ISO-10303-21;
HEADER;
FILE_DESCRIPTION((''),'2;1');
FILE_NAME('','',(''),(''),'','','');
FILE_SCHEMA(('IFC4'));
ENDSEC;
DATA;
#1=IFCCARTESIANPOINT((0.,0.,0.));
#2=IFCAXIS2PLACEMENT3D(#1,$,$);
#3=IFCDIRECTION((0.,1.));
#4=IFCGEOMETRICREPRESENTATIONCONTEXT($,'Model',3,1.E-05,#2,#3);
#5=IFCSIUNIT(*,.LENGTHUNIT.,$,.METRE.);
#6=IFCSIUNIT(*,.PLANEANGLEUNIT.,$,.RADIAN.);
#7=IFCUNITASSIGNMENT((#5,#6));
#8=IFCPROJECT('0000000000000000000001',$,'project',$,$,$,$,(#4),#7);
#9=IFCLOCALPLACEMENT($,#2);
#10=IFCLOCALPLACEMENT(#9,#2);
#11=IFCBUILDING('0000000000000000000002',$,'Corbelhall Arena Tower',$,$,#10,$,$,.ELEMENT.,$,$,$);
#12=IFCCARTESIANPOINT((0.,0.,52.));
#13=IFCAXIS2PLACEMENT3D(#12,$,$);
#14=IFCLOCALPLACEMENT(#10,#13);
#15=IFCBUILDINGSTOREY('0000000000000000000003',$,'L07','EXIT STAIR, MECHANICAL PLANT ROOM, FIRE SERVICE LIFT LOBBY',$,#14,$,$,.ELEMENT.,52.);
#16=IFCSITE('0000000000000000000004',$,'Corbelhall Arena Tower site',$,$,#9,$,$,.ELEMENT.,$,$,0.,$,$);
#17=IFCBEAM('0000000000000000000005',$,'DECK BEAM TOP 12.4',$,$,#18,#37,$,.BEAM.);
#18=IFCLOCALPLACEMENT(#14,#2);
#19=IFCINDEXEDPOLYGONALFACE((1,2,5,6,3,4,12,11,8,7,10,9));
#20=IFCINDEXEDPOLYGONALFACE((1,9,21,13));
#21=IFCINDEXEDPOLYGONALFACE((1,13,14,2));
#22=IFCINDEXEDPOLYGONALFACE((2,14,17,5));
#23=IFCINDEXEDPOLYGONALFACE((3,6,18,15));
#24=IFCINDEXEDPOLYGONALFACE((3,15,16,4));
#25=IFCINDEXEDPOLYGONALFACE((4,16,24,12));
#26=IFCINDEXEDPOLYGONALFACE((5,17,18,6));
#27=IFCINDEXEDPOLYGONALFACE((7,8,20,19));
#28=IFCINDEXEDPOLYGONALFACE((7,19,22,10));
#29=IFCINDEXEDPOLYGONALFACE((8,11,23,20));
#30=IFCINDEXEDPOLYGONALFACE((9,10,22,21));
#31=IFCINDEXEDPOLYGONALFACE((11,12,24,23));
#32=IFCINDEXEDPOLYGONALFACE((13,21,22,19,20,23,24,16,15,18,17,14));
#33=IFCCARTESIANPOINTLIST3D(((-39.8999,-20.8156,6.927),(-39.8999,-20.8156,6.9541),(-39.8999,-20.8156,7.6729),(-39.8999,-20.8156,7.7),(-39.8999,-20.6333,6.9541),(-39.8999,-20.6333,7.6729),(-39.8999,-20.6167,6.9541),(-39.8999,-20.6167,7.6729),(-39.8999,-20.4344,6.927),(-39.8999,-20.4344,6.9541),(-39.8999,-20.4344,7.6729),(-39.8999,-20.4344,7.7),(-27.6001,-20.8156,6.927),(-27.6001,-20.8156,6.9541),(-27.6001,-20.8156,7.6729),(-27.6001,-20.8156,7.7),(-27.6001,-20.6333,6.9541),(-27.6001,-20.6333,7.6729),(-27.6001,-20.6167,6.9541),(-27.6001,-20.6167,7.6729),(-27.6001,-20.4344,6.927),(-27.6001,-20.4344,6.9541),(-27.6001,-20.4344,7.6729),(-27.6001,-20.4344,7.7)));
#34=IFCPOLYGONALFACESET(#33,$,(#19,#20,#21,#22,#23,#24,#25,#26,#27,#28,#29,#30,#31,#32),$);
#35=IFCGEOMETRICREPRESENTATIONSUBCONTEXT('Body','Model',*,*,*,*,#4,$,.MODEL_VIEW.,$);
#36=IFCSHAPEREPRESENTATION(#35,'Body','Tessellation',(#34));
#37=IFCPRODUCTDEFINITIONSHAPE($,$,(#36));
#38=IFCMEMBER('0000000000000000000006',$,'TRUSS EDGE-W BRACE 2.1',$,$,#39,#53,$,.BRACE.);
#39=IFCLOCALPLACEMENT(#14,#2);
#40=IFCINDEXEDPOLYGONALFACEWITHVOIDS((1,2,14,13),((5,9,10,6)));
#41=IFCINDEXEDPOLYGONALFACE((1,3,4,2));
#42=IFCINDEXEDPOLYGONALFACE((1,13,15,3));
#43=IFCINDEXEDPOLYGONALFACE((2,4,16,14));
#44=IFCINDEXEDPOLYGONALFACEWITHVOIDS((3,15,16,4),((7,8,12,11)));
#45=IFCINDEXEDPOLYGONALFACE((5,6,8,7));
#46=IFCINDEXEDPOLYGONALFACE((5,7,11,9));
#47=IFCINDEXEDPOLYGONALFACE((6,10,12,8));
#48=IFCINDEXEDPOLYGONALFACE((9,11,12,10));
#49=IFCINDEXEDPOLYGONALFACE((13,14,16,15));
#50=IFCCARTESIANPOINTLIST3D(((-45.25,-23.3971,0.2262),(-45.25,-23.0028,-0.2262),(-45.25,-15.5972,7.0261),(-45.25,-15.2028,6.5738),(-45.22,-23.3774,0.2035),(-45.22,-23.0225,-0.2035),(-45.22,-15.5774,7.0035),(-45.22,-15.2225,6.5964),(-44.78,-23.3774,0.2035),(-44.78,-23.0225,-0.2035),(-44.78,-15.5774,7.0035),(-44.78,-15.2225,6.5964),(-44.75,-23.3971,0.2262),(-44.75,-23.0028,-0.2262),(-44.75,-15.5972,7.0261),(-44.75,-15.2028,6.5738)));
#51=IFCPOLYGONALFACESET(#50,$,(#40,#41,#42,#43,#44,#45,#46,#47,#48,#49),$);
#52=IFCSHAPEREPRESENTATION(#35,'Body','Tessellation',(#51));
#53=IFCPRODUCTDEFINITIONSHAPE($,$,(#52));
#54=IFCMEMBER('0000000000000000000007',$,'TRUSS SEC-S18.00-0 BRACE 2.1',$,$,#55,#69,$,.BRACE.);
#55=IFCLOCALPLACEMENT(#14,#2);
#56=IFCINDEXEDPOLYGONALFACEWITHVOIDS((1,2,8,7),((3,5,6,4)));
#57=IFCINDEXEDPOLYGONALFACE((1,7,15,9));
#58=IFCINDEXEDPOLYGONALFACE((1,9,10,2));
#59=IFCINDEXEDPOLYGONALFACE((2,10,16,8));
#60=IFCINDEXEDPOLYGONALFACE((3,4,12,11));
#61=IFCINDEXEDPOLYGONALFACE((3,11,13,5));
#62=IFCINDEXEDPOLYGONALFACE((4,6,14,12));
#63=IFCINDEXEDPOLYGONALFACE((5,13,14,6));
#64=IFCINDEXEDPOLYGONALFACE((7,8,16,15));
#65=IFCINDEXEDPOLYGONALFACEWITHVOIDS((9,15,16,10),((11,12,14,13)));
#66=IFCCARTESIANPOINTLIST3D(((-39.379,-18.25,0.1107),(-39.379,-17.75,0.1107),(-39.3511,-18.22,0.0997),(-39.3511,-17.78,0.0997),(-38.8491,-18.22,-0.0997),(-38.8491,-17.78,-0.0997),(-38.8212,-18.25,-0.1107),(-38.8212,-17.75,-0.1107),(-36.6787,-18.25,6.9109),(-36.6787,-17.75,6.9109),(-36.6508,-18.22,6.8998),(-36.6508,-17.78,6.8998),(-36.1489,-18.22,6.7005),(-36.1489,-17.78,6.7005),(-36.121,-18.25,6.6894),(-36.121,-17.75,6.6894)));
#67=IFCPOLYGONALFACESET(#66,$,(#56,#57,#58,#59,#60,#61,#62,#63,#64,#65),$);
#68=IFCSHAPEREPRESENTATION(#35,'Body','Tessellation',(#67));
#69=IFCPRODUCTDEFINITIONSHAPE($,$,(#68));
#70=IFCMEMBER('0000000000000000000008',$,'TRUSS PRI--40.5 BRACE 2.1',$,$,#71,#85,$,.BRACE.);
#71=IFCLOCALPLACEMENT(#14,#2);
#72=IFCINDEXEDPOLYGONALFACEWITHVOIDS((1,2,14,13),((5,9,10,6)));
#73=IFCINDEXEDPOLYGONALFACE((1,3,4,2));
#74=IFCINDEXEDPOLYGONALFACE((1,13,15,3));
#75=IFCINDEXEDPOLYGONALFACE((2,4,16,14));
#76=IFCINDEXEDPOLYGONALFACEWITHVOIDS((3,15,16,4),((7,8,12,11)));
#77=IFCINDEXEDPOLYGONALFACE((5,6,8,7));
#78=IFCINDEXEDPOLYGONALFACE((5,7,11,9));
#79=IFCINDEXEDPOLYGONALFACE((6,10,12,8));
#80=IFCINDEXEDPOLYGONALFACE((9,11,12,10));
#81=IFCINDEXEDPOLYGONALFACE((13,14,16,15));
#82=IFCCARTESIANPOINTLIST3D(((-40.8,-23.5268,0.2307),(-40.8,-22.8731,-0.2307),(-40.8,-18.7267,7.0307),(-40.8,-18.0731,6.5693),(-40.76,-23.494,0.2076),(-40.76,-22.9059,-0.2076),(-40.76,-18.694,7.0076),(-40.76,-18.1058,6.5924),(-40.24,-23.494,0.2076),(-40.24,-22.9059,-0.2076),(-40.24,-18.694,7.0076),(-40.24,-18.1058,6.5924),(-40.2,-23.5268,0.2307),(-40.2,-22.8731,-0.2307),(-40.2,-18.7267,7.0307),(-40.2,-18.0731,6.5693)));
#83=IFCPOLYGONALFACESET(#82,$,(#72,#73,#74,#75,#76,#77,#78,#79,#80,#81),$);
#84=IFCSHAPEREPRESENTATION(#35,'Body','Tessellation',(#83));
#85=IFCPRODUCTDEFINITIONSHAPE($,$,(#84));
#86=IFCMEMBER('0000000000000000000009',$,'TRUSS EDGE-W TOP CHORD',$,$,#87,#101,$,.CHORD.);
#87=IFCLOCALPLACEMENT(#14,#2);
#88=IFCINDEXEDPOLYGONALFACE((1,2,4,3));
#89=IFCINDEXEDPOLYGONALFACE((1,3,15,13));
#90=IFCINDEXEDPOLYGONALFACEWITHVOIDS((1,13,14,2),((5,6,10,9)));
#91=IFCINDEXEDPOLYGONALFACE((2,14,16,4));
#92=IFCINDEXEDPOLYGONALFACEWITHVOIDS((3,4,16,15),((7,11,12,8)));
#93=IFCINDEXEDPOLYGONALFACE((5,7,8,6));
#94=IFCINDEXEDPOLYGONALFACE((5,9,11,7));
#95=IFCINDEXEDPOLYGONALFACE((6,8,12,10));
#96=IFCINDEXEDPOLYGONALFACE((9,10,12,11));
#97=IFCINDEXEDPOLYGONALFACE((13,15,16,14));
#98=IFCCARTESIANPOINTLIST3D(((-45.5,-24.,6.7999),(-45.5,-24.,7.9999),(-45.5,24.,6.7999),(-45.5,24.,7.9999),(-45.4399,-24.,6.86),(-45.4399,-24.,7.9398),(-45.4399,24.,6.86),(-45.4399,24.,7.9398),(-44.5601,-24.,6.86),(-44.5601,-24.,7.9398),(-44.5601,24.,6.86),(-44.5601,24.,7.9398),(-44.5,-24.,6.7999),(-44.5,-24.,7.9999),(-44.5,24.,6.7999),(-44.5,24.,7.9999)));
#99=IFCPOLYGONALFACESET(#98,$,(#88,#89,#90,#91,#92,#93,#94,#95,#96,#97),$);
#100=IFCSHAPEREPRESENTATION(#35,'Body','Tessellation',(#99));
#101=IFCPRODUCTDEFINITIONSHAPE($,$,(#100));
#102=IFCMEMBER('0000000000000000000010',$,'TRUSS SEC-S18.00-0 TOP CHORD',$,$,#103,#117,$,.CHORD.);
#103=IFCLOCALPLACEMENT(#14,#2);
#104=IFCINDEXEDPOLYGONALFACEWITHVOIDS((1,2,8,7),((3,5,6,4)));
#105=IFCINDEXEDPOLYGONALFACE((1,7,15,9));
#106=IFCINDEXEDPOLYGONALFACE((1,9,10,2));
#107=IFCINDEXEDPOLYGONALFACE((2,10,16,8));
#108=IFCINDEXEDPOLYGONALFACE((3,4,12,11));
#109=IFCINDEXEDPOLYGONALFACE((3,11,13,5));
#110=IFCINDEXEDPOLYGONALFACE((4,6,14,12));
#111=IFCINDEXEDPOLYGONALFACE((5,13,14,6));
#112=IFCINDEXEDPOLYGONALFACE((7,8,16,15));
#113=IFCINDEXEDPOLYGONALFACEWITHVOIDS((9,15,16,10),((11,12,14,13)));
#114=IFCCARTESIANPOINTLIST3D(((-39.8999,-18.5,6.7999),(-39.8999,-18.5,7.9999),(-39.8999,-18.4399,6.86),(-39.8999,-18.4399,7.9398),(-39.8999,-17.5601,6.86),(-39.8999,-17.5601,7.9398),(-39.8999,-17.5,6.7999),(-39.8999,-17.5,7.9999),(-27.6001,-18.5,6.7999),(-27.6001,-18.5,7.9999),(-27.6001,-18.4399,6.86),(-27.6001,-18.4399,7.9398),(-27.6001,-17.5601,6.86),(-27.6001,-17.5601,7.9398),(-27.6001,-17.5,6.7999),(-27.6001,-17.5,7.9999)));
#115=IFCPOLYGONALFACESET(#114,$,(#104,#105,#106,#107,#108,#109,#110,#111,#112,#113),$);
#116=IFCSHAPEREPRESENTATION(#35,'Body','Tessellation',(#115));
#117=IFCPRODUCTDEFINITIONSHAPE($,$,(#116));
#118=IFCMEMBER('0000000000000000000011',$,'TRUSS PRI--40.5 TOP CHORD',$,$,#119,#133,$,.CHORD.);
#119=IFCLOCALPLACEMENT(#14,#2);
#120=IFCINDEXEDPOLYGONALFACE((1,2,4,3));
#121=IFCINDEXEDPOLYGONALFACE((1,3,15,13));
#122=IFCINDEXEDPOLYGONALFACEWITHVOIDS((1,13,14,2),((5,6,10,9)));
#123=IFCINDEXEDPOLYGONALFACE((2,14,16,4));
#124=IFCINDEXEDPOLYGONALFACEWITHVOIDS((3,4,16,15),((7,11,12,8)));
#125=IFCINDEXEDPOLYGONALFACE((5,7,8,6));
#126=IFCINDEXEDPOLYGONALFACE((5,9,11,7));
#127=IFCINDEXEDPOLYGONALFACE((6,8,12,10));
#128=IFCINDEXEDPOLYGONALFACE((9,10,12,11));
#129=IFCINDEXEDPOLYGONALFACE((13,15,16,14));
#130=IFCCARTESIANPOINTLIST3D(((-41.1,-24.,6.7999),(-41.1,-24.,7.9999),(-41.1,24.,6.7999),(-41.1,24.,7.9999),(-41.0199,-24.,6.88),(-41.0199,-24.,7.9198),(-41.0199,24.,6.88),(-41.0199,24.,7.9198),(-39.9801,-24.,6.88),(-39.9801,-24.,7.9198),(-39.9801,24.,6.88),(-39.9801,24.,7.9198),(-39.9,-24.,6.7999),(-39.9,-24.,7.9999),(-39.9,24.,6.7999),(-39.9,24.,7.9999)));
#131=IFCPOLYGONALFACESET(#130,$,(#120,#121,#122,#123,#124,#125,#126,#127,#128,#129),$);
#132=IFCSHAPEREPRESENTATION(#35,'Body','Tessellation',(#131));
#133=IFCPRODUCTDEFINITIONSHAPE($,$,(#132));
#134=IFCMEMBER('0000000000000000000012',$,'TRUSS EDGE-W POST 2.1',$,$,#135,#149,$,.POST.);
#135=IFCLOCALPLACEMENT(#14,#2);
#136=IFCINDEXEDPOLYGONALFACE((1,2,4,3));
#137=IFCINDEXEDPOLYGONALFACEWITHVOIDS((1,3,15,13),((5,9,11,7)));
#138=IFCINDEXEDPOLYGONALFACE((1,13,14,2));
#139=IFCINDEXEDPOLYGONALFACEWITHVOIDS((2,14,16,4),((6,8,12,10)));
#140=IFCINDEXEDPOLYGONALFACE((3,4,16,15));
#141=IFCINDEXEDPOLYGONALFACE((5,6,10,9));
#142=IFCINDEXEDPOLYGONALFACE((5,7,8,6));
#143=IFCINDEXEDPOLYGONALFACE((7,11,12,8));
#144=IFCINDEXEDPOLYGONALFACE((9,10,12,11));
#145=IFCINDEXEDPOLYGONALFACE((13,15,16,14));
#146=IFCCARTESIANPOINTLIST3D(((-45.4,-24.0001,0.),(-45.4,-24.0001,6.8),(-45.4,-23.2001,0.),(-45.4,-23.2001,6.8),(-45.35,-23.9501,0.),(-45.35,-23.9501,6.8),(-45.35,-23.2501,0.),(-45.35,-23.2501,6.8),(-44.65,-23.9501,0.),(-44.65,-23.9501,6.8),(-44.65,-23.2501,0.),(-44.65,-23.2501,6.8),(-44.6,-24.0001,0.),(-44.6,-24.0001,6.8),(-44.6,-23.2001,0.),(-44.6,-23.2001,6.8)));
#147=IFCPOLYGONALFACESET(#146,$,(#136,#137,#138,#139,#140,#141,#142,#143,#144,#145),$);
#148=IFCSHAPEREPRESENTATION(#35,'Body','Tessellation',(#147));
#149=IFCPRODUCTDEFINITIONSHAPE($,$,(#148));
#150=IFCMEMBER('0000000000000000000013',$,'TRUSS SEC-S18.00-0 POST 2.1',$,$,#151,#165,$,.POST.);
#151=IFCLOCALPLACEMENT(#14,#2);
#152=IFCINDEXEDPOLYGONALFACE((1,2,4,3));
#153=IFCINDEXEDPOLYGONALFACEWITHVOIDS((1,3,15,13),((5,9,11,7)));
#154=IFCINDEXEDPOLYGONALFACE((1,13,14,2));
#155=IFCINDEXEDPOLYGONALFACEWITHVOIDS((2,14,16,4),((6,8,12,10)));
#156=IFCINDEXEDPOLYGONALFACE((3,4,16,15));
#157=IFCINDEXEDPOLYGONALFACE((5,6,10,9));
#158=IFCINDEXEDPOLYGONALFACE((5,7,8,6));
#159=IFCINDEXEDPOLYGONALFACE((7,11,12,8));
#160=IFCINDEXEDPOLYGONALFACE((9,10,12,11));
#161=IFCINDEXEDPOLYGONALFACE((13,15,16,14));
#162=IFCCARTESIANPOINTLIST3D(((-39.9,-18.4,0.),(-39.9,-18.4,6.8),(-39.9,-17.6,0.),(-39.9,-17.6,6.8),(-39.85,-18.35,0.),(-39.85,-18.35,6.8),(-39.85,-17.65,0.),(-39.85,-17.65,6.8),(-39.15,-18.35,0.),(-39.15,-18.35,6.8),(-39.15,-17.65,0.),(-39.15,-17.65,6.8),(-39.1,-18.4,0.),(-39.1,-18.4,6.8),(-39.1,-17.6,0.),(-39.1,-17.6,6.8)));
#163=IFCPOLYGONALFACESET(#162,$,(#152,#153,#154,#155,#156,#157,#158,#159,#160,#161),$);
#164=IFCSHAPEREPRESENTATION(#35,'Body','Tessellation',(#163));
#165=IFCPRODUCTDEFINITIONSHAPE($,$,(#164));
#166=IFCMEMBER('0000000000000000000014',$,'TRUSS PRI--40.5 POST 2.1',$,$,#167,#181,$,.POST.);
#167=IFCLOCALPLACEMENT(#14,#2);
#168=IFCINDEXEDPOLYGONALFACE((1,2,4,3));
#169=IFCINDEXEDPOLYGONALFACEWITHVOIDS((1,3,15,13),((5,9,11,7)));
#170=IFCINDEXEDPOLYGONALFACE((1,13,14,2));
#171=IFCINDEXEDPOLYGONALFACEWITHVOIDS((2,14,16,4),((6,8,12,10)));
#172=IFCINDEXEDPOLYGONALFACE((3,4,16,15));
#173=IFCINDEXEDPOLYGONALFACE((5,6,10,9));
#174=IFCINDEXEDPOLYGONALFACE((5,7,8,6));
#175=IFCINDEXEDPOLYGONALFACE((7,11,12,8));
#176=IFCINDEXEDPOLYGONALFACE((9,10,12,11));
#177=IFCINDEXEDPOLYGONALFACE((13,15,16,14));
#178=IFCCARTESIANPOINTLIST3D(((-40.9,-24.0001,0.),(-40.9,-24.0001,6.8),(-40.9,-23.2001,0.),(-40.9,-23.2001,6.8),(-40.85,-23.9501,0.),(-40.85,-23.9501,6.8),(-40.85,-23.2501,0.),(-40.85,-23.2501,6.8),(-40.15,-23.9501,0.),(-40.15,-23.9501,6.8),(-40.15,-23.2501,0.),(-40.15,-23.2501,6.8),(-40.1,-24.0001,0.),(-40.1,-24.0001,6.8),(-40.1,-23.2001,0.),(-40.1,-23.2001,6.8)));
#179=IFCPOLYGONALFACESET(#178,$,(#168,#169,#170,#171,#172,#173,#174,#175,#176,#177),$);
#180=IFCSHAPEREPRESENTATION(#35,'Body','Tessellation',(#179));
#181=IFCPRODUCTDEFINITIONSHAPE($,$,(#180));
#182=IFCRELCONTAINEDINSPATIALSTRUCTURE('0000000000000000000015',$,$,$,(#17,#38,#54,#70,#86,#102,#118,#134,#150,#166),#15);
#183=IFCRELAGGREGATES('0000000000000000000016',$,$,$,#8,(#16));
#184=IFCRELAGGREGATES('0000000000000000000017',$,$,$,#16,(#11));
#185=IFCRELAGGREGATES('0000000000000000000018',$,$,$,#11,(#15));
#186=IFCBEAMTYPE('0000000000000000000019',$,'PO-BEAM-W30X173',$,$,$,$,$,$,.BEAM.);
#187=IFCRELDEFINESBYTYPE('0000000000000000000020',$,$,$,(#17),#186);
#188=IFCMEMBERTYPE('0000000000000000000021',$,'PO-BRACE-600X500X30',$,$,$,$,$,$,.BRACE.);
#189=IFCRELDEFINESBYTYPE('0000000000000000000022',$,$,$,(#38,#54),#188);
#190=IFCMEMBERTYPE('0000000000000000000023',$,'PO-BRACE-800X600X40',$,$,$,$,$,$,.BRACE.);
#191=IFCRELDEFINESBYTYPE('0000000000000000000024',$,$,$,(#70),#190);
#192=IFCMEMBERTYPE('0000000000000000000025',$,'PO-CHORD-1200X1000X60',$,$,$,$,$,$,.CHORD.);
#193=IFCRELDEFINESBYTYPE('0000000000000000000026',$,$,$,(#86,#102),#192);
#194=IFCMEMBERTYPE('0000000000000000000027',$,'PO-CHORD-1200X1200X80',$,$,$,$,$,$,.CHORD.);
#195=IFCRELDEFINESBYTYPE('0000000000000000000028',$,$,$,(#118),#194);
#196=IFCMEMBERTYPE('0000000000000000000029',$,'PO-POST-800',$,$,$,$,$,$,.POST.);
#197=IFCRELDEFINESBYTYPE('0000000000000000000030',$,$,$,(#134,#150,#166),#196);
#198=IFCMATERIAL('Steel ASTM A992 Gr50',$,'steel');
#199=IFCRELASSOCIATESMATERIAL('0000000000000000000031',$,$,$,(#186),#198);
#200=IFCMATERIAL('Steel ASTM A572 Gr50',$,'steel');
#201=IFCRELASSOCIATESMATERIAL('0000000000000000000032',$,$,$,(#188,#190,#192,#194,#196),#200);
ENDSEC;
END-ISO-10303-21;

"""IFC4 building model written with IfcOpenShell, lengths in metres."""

from ifc_helpers import new_model, si_unit, direction, frame, origin, origin_2d, place, context, subcontext, project, spatial, hollow_rectangle, i_section, extrude, material, material_profile, profile_set, type_object, element, save


model = new_model("IFC4")

# Units and contexts
model_context = context("Model", 3, precision=1e-05, world=origin(), true_north=direction((0.0, 1.0)))
body_context = subcontext(model_context, "Body", "Model", "MODEL_VIEW")
ifc_project = project(units=[si_unit("LENGTHUNIT", "METRE"), si_unit("PLANEANGLEUNIT", "RADIAN")], contexts=[model_context])

# Site, building, storey
site_placement = place(None, origin())
site = spatial("IfcSite", under=ifc_project, at=site_placement, Name="Corbelhall Arena Tower site", CompositionType="ELEMENT", RefElevation=0.0)
building_placement = place(site_placement, origin())
building = spatial("IfcBuilding", under=site, at=building_placement, Name="Corbelhall Arena Tower", CompositionType="ELEMENT")
storey_placement = place(building_placement, frame((0.0, 0.0, 52.0)))
storey = spatial("IfcBuildingStorey", under=building, at=storey_placement, Name="L07", Description="EXIT STAIR, MECHANICAL PLANT ROOM, FIRE SERVICE LIFT LOBBY", CompositionType="ELEMENT", Elevation=52.0)

# Beam
ifc_material_1 = material(Name="Steel ASTM A992 Gr50", Category="steel")
ifc_material_profile_1 = material_profile(ifc_material_1, i_section(OverallWidth=0.3811, OverallDepth=0.7729, WebThickness=0.0166, FlangeThickness=0.0271, at=origin_2d()))
ifc_profile_set_1 = profile_set([ifc_material_profile_1], Name="Steel ASTM A992 Gr50")
beam_type = type_object("IfcBeamType", Name="PO-BEAM-W30X173", PredefinedType="BEAM", material=ifc_profile_set_1)
beam_placement = place(storey_placement, frame((-39.8999, -20.625, 7.3135), z_axis=(1.0, 0.0, 0.0), x_axis=(0.0, 1.0, 0.0)))
element("IfcBeam", 1, at=beam_placement, inside=storey, type_object=beam_type, Name="DECK BEAM TOP 12.4", PredefinedType="BEAM", context=body_context, shape_type="SweptSolid", body=[
    extrude(i_section(OverallWidth=0.3811, OverallDepth=0.7729, WebThickness=0.0166, FlangeThickness=0.0271, at=origin_2d()), origin(), (0.0, 0.0, 1.0), 12.2998),
])

# Members
ifc_material_2 = material(Name="Steel ASTM A572 Gr50", Category="steel")
ifc_material_profile_2 = material_profile(ifc_material_2, hollow_rectangle(XDim=0.5, YDim=0.6001, WallThickness=0.03, at=origin_2d()))
ifc_profile_set_2 = profile_set([ifc_material_profile_2], Name="Steel ASTM A572 Gr50")
member_type_1 = type_object("IfcMemberType", Name="PO-BRACE-600X500X30", PredefinedType="BRACE", material=ifc_profile_set_2)
member_1_placement = place(storey_placement, frame((-45.0, -23.2, 0.0), z_axis=(0.0, 0.753772, 0.657136), x_axis=(-1.0, 0.0, 0.0)))
element("IfcMember", 2, at=member_1_placement, inside=storey, type_object=member_type_1, Name="TRUSS EDGE-W BRACE 2.1", PredefinedType="BRACE", context=body_context, shape_type="SweptSolid", body=[
    extrude(hollow_rectangle(XDim=0.5, YDim=0.6001, WallThickness=0.03, at=origin_2d()), origin(), (0.0, 0.0, 1.0), 10.3479),
])
member_2_placement = place(storey_placement, frame((-39.1001, -18.0, 0.0), z_axis=(0.369054, 0.0, 0.929408), x_axis=(0.0, 1.0, 0.0)))
element("IfcMember", 3, at=member_2_placement, inside=storey, type_object=member_type_1, Name="TRUSS SEC-S18.00-0 BRACE 2.1", PredefinedType="BRACE", context=body_context, shape_type="SweptSolid", body=[
    extrude(hollow_rectangle(XDim=0.5, YDim=0.6001, WallThickness=0.03, at=origin_2d()), origin(), (0.0, 0.0, 1.0), 7.3167),
])
ifc_material_profile_3 = material_profile(ifc_material_2, hollow_rectangle(XDim=0.6001, YDim=0.8, WallThickness=0.04, at=origin_2d()))
ifc_profile_set_3 = profile_set([ifc_material_profile_3], Name="Steel ASTM A572 Gr50")
member_type_2 = type_object("IfcMemberType", Name="PO-BRACE-800X600X40", PredefinedType="BRACE", material=ifc_profile_set_3)
member_3_placement = place(storey_placement, frame((-40.5, -23.2, 0.0), z_axis=(0.0, 0.576684, 0.816967), x_axis=(-1.0, 0.0, 0.0)))
element("IfcMember", 4, at=member_3_placement, inside=storey, type_object=member_type_2, Name="TRUSS PRI--40.5 BRACE 2.1", PredefinedType="BRACE", context=body_context, shape_type="SweptSolid", body=[
    extrude(hollow_rectangle(XDim=0.6001, YDim=0.8, WallThickness=0.04, at=origin_2d()), origin(), (0.0, 0.0, 1.0), 8.3235),
])
ifc_material_profile_4 = material_profile(ifc_material_2, hollow_rectangle(XDim=1.0, YDim=1.2, WallThickness=0.0601, at=origin_2d()))
ifc_profile_set_4 = profile_set([ifc_material_profile_4], Name="Steel ASTM A572 Gr50")
member_type_3 = type_object("IfcMemberType", Name="PO-CHORD-1200X1000X60", PredefinedType="CHORD", material=ifc_profile_set_4)
member_4_placement = place(storey_placement, frame((-45.0, -24.0, 7.3999), z_axis=(0.0, 1.0, 0.0), x_axis=(-1.0, 0.0, 0.0)))
element("IfcMember", 5, at=member_4_placement, inside=storey, type_object=member_type_3, Name="TRUSS EDGE-W TOP CHORD", PredefinedType="CHORD", context=body_context, shape_type="SweptSolid", body=[
    extrude(hollow_rectangle(XDim=1.0, YDim=1.2, WallThickness=0.0601, at=origin_2d()), origin(), (0.0, 0.0, 1.0), 48.0),
])
member_5_placement = place(storey_placement, frame((-39.8999, -18.0, 7.3999), z_axis=(1.0, 0.0, 0.0), x_axis=(0.0, 1.0, 0.0)))
element("IfcMember", 6, at=member_5_placement, inside=storey, type_object=member_type_3, Name="TRUSS SEC-S18.00-0 TOP CHORD", PredefinedType="CHORD", context=body_context, shape_type="SweptSolid", body=[
    extrude(hollow_rectangle(XDim=1.0, YDim=1.2, WallThickness=0.0601, at=origin_2d()), origin(), (0.0, 0.0, 1.0), 12.2998),
])
ifc_material_profile_5 = material_profile(ifc_material_2, hollow_rectangle(XDim=1.2, YDim=1.2, WallThickness=0.0801, at=origin_2d()))
ifc_profile_set_5 = profile_set([ifc_material_profile_5], Name="Steel ASTM A572 Gr50")
member_type_4 = type_object("IfcMemberType", Name="PO-CHORD-1200X1200X80", PredefinedType="CHORD", material=ifc_profile_set_5)
member_6_placement = place(storey_placement, frame((-40.5, -24.0, 7.3999), z_axis=(0.0, 1.0, 0.0), x_axis=(-1.0, 0.0, 0.0)))
element("IfcMember", 7, at=member_6_placement, inside=storey, type_object=member_type_4, Name="TRUSS PRI--40.5 TOP CHORD", PredefinedType="CHORD", context=body_context, shape_type="SweptSolid", body=[
    extrude(hollow_rectangle(XDim=1.2, YDim=1.2, WallThickness=0.0801, at=origin_2d()), origin(), (0.0, 0.0, 1.0), 48.0),
])
ifc_material_profile_6 = material_profile(ifc_material_2, hollow_rectangle(XDim=0.8, YDim=0.8, WallThickness=0.05, at=origin_2d()))
ifc_profile_set_6 = profile_set([ifc_material_profile_6], Name="Steel ASTM A572 Gr50")
member_type_5 = type_object("IfcMemberType", Name="PO-POST-800", PredefinedType="POST", material=ifc_profile_set_6)
for number, where, z_axis, x_axis, name in (
    (8, (-45.0, -23.6001, 0.0), (0.0, 0.0, 1.0), (1.0, 0.0, 0.0), "TRUSS EDGE-W POST 2.1"),
    (9, (-39.5, -18.0, 0.0), (0.0, 0.0, 1.0), (1.0, 0.0, 0.0), "TRUSS SEC-S18.00-0 POST 2.1"),
    (10, (-40.5, -23.6001, 0.0), (0.0, 0.0, 1.0), (1.0, 0.0, 0.0), "TRUSS PRI--40.5 POST 2.1"),
):
    element("IfcMember", number, at=place(storey_placement, frame(where, z_axis=z_axis, x_axis=x_axis)), inside=storey, type_object=member_type_5, Name=name, PredefinedType="POST", context=body_context, shape_type="SweptSolid", body=[
        extrude(hollow_rectangle(XDim=0.8, YDim=0.8, WallThickness=0.05, at=origin_2d()), origin(), (0.0, 0.0, 1.0), 6.8),
    ])

save(model, "model.ifc")
